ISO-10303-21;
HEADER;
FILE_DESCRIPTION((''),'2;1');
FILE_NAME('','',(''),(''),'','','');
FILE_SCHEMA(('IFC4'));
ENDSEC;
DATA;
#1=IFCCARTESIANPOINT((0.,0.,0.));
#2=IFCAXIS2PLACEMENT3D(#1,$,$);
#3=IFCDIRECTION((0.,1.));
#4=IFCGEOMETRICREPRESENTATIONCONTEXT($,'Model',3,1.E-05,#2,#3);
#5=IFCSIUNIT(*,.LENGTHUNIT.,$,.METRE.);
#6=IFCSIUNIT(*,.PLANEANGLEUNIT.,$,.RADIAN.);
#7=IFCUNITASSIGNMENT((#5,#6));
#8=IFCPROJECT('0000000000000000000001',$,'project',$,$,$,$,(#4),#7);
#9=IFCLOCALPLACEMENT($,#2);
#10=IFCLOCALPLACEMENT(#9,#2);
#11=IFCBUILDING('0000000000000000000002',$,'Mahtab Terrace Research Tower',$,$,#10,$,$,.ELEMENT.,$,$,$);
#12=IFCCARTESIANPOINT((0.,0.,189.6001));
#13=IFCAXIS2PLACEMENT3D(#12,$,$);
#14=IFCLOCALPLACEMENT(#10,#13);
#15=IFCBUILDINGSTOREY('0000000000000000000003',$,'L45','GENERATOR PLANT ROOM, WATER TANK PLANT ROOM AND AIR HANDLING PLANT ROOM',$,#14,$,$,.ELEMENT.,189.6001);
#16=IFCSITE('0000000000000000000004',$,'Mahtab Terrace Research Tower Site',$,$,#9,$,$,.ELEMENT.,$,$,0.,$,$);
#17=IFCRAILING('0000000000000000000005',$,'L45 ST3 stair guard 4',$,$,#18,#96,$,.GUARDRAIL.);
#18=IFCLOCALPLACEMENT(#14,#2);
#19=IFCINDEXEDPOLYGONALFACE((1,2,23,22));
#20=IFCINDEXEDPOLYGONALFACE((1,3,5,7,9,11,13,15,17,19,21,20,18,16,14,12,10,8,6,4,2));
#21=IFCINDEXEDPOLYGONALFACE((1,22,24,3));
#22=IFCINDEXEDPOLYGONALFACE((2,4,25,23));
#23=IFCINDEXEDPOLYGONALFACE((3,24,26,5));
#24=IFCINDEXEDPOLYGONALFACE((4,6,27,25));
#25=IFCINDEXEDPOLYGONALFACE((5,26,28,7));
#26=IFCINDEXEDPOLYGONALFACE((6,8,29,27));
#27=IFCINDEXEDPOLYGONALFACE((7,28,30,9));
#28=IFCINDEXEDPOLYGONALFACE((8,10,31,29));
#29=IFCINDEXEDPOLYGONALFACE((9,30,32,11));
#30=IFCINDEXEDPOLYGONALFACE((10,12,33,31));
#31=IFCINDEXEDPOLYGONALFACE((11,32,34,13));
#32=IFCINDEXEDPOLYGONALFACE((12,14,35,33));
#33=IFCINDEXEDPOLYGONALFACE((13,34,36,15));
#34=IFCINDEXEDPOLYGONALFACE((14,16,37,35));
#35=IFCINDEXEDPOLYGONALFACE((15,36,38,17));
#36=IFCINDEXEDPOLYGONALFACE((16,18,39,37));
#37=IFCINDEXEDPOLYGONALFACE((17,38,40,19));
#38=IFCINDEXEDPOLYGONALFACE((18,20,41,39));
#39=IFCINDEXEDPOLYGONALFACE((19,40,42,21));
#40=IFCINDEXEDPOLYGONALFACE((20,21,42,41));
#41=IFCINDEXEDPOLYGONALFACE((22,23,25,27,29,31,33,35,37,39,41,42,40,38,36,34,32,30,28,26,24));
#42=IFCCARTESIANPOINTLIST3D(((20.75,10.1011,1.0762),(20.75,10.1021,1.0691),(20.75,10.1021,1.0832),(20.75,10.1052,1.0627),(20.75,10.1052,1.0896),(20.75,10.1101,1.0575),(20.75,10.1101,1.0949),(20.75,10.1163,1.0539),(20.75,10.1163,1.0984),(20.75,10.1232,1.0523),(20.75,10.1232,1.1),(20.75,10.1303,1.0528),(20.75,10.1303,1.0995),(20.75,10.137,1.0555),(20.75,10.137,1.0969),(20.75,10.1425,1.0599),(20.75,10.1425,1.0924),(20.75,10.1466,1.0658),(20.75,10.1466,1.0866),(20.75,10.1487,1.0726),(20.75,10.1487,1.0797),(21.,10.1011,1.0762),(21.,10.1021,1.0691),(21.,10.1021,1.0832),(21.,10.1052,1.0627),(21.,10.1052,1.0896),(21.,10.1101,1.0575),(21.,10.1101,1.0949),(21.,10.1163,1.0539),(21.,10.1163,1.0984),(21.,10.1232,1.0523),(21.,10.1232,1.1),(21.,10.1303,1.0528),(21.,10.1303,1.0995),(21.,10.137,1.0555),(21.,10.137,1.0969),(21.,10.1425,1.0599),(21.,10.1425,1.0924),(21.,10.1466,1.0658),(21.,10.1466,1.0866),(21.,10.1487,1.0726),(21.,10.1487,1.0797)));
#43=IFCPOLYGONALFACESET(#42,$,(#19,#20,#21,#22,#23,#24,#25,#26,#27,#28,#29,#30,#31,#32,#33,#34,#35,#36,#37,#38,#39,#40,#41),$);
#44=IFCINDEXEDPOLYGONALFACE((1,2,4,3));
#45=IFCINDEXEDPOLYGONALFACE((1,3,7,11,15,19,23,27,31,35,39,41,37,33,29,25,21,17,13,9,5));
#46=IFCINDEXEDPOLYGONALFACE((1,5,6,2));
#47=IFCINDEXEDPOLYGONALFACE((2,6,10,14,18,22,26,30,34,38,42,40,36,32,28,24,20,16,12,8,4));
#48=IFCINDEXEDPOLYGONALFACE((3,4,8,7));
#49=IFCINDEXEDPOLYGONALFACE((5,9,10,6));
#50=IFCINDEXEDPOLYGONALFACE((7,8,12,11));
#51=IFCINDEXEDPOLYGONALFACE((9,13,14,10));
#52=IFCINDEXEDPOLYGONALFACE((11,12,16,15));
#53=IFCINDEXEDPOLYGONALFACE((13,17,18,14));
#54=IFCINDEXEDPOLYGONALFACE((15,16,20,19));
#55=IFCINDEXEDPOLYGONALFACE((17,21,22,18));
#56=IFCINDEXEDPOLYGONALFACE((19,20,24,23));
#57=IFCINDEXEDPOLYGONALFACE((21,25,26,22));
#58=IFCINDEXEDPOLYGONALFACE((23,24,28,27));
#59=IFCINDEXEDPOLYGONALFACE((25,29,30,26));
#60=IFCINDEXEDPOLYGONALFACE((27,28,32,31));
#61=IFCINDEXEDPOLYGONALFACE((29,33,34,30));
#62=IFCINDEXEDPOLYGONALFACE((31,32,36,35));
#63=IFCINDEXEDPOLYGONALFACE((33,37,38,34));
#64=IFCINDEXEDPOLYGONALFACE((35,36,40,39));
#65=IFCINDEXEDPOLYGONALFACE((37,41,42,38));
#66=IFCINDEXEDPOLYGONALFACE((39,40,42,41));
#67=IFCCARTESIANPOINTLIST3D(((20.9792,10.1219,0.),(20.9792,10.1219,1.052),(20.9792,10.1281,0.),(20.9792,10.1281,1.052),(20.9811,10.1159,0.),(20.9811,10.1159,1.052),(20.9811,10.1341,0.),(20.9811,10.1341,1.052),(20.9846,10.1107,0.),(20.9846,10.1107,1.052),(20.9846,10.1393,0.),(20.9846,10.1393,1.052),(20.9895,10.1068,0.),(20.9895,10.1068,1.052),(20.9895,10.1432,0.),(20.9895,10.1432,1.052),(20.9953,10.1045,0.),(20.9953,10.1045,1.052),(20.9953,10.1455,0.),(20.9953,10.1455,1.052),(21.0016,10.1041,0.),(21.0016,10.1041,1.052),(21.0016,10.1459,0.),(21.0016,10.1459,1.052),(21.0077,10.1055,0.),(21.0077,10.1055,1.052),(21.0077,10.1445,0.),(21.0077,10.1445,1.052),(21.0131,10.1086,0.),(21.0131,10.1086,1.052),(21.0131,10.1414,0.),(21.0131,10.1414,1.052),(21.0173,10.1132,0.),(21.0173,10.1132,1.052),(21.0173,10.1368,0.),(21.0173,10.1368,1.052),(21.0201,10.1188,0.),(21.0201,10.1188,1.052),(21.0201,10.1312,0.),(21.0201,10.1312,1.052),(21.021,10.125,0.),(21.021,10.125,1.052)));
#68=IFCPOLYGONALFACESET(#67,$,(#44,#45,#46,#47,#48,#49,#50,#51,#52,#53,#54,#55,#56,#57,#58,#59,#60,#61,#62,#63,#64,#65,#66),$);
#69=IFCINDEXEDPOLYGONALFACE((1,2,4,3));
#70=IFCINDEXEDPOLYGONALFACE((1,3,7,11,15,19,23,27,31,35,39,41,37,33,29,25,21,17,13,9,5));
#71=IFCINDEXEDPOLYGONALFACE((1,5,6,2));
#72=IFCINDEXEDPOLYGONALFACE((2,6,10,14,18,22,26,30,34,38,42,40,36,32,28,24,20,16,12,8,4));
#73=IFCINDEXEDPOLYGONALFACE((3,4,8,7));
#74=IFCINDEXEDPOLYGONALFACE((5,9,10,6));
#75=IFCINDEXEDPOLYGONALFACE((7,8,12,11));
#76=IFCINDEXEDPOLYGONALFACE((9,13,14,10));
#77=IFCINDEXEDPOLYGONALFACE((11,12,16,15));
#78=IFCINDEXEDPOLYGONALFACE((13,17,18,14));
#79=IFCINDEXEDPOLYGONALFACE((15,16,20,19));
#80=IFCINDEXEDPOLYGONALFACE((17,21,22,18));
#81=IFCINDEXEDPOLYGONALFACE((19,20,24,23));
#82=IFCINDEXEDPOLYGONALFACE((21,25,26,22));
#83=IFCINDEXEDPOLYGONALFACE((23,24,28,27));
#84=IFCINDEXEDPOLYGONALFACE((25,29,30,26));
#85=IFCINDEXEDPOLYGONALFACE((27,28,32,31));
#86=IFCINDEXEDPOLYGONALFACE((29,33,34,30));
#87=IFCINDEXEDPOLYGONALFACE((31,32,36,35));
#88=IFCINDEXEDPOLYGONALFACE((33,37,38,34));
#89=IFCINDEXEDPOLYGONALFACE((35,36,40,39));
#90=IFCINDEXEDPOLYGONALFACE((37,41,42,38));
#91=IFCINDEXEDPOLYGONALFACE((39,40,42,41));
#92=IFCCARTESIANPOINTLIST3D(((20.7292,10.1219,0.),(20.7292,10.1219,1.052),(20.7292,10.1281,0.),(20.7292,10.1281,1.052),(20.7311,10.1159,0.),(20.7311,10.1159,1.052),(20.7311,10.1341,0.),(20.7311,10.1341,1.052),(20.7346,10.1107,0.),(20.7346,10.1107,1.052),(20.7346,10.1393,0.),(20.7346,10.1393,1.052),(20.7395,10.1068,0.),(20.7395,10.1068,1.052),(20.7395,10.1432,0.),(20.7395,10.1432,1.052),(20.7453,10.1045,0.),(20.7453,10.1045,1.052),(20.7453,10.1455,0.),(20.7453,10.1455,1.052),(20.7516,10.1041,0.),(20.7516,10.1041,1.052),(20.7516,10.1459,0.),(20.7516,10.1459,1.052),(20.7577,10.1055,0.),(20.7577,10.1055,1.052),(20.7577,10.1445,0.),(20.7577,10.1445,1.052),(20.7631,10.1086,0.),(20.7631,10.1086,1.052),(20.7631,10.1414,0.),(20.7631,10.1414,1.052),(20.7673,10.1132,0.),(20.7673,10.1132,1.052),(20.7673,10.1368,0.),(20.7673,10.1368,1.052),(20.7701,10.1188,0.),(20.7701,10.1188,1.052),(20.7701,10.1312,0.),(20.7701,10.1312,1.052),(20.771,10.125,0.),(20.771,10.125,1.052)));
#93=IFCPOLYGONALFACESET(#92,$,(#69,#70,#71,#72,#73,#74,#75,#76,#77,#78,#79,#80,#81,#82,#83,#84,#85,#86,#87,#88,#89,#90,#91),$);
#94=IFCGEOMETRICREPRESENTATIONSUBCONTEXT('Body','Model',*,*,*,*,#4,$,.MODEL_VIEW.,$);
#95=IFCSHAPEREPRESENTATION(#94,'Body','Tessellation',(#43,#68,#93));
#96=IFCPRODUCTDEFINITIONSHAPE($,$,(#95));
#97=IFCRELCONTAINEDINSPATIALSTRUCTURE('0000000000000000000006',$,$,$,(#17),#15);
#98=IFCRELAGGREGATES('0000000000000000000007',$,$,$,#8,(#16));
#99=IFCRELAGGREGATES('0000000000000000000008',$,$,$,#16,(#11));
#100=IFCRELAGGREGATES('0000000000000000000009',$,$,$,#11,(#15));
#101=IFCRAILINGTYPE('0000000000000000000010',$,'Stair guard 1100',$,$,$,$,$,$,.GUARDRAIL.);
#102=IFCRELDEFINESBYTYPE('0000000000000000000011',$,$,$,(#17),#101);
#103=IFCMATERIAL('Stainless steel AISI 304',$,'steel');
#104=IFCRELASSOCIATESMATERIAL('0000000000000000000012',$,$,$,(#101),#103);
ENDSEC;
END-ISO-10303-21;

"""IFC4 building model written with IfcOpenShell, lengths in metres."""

from ifc_helpers import new_model, si_unit, direction, frame, origin, origin_2d, place, context, subcontext, project, spatial, circle, extrude, material, type_object, element, save


model = new_model("IFC4")

# Units and contexts
model_context = context("Model", 3, precision=1e-05, world=origin(), true_north=direction((0.0, 1.0)))
body_context = subcontext(model_context, "Body", "Model", "MODEL_VIEW")
ifc_project = project(units=[si_unit("LENGTHUNIT", "METRE"), si_unit("PLANEANGLEUNIT", "RADIAN")], contexts=[model_context])

# Site, building, storey
site_placement = place(None, origin())
site = spatial("IfcSite", under=ifc_project, at=site_placement, Name="Mahtab Terrace Research Tower Site", CompositionType="ELEMENT", RefElevation=0.0)
building_placement = place(site_placement, origin())
building = spatial("IfcBuilding", under=site, at=building_placement, Name="Mahtab Terrace Research Tower", CompositionType="ELEMENT")
storey_placement = place(building_placement, frame((0.0, 0.0, 189.6001)))
storey = spatial("IfcBuildingStorey", under=building, at=storey_placement, Name="L45", Description="GENERATOR PLANT ROOM, WATER TANK PLANT ROOM AND AIR HANDLING PLANT ROOM", CompositionType="ELEMENT", Elevation=189.6001)

# Railing
ifc_material_1 = material(Name="Stainless steel AISI 304", Category="steel")
railing_type_1 = type_object("IfcRailingType", Name="Stair guard 1100", PredefinedType="GUARDRAIL", material=ifc_material_1)
railing_1_placement = place(storey_placement, frame((21.0, 10.125, 0.0)))
element("IfcRailing", 1, at=railing_1_placement, inside=storey, type_object=railing_type_1, Name="L45 ST3 stair guard 4", PredefinedType="GUARDRAIL", context=body_context, shape_type="SweptSolid", body=[
    extrude(circle(Radius=0.0239, at=origin_2d()), frame((0.0, 0.0, 1.0762), z_axis=(-1.0, 0.0, 0.0), x_axis=(0.0, -1.0, 0.0)), (0.0, 0.0, 1.0), 0.25),
    extrude(circle(Radius=0.021, at=origin_2d()), origin(), (0.0, 0.0, 1.0), 1.052),
    extrude(circle(Radius=0.021, at=origin_2d()), frame((-0.25, 0.0, 0.0)), (0.0, 0.0, 1.0), 1.052),
])

save(model, "model.ifc")
